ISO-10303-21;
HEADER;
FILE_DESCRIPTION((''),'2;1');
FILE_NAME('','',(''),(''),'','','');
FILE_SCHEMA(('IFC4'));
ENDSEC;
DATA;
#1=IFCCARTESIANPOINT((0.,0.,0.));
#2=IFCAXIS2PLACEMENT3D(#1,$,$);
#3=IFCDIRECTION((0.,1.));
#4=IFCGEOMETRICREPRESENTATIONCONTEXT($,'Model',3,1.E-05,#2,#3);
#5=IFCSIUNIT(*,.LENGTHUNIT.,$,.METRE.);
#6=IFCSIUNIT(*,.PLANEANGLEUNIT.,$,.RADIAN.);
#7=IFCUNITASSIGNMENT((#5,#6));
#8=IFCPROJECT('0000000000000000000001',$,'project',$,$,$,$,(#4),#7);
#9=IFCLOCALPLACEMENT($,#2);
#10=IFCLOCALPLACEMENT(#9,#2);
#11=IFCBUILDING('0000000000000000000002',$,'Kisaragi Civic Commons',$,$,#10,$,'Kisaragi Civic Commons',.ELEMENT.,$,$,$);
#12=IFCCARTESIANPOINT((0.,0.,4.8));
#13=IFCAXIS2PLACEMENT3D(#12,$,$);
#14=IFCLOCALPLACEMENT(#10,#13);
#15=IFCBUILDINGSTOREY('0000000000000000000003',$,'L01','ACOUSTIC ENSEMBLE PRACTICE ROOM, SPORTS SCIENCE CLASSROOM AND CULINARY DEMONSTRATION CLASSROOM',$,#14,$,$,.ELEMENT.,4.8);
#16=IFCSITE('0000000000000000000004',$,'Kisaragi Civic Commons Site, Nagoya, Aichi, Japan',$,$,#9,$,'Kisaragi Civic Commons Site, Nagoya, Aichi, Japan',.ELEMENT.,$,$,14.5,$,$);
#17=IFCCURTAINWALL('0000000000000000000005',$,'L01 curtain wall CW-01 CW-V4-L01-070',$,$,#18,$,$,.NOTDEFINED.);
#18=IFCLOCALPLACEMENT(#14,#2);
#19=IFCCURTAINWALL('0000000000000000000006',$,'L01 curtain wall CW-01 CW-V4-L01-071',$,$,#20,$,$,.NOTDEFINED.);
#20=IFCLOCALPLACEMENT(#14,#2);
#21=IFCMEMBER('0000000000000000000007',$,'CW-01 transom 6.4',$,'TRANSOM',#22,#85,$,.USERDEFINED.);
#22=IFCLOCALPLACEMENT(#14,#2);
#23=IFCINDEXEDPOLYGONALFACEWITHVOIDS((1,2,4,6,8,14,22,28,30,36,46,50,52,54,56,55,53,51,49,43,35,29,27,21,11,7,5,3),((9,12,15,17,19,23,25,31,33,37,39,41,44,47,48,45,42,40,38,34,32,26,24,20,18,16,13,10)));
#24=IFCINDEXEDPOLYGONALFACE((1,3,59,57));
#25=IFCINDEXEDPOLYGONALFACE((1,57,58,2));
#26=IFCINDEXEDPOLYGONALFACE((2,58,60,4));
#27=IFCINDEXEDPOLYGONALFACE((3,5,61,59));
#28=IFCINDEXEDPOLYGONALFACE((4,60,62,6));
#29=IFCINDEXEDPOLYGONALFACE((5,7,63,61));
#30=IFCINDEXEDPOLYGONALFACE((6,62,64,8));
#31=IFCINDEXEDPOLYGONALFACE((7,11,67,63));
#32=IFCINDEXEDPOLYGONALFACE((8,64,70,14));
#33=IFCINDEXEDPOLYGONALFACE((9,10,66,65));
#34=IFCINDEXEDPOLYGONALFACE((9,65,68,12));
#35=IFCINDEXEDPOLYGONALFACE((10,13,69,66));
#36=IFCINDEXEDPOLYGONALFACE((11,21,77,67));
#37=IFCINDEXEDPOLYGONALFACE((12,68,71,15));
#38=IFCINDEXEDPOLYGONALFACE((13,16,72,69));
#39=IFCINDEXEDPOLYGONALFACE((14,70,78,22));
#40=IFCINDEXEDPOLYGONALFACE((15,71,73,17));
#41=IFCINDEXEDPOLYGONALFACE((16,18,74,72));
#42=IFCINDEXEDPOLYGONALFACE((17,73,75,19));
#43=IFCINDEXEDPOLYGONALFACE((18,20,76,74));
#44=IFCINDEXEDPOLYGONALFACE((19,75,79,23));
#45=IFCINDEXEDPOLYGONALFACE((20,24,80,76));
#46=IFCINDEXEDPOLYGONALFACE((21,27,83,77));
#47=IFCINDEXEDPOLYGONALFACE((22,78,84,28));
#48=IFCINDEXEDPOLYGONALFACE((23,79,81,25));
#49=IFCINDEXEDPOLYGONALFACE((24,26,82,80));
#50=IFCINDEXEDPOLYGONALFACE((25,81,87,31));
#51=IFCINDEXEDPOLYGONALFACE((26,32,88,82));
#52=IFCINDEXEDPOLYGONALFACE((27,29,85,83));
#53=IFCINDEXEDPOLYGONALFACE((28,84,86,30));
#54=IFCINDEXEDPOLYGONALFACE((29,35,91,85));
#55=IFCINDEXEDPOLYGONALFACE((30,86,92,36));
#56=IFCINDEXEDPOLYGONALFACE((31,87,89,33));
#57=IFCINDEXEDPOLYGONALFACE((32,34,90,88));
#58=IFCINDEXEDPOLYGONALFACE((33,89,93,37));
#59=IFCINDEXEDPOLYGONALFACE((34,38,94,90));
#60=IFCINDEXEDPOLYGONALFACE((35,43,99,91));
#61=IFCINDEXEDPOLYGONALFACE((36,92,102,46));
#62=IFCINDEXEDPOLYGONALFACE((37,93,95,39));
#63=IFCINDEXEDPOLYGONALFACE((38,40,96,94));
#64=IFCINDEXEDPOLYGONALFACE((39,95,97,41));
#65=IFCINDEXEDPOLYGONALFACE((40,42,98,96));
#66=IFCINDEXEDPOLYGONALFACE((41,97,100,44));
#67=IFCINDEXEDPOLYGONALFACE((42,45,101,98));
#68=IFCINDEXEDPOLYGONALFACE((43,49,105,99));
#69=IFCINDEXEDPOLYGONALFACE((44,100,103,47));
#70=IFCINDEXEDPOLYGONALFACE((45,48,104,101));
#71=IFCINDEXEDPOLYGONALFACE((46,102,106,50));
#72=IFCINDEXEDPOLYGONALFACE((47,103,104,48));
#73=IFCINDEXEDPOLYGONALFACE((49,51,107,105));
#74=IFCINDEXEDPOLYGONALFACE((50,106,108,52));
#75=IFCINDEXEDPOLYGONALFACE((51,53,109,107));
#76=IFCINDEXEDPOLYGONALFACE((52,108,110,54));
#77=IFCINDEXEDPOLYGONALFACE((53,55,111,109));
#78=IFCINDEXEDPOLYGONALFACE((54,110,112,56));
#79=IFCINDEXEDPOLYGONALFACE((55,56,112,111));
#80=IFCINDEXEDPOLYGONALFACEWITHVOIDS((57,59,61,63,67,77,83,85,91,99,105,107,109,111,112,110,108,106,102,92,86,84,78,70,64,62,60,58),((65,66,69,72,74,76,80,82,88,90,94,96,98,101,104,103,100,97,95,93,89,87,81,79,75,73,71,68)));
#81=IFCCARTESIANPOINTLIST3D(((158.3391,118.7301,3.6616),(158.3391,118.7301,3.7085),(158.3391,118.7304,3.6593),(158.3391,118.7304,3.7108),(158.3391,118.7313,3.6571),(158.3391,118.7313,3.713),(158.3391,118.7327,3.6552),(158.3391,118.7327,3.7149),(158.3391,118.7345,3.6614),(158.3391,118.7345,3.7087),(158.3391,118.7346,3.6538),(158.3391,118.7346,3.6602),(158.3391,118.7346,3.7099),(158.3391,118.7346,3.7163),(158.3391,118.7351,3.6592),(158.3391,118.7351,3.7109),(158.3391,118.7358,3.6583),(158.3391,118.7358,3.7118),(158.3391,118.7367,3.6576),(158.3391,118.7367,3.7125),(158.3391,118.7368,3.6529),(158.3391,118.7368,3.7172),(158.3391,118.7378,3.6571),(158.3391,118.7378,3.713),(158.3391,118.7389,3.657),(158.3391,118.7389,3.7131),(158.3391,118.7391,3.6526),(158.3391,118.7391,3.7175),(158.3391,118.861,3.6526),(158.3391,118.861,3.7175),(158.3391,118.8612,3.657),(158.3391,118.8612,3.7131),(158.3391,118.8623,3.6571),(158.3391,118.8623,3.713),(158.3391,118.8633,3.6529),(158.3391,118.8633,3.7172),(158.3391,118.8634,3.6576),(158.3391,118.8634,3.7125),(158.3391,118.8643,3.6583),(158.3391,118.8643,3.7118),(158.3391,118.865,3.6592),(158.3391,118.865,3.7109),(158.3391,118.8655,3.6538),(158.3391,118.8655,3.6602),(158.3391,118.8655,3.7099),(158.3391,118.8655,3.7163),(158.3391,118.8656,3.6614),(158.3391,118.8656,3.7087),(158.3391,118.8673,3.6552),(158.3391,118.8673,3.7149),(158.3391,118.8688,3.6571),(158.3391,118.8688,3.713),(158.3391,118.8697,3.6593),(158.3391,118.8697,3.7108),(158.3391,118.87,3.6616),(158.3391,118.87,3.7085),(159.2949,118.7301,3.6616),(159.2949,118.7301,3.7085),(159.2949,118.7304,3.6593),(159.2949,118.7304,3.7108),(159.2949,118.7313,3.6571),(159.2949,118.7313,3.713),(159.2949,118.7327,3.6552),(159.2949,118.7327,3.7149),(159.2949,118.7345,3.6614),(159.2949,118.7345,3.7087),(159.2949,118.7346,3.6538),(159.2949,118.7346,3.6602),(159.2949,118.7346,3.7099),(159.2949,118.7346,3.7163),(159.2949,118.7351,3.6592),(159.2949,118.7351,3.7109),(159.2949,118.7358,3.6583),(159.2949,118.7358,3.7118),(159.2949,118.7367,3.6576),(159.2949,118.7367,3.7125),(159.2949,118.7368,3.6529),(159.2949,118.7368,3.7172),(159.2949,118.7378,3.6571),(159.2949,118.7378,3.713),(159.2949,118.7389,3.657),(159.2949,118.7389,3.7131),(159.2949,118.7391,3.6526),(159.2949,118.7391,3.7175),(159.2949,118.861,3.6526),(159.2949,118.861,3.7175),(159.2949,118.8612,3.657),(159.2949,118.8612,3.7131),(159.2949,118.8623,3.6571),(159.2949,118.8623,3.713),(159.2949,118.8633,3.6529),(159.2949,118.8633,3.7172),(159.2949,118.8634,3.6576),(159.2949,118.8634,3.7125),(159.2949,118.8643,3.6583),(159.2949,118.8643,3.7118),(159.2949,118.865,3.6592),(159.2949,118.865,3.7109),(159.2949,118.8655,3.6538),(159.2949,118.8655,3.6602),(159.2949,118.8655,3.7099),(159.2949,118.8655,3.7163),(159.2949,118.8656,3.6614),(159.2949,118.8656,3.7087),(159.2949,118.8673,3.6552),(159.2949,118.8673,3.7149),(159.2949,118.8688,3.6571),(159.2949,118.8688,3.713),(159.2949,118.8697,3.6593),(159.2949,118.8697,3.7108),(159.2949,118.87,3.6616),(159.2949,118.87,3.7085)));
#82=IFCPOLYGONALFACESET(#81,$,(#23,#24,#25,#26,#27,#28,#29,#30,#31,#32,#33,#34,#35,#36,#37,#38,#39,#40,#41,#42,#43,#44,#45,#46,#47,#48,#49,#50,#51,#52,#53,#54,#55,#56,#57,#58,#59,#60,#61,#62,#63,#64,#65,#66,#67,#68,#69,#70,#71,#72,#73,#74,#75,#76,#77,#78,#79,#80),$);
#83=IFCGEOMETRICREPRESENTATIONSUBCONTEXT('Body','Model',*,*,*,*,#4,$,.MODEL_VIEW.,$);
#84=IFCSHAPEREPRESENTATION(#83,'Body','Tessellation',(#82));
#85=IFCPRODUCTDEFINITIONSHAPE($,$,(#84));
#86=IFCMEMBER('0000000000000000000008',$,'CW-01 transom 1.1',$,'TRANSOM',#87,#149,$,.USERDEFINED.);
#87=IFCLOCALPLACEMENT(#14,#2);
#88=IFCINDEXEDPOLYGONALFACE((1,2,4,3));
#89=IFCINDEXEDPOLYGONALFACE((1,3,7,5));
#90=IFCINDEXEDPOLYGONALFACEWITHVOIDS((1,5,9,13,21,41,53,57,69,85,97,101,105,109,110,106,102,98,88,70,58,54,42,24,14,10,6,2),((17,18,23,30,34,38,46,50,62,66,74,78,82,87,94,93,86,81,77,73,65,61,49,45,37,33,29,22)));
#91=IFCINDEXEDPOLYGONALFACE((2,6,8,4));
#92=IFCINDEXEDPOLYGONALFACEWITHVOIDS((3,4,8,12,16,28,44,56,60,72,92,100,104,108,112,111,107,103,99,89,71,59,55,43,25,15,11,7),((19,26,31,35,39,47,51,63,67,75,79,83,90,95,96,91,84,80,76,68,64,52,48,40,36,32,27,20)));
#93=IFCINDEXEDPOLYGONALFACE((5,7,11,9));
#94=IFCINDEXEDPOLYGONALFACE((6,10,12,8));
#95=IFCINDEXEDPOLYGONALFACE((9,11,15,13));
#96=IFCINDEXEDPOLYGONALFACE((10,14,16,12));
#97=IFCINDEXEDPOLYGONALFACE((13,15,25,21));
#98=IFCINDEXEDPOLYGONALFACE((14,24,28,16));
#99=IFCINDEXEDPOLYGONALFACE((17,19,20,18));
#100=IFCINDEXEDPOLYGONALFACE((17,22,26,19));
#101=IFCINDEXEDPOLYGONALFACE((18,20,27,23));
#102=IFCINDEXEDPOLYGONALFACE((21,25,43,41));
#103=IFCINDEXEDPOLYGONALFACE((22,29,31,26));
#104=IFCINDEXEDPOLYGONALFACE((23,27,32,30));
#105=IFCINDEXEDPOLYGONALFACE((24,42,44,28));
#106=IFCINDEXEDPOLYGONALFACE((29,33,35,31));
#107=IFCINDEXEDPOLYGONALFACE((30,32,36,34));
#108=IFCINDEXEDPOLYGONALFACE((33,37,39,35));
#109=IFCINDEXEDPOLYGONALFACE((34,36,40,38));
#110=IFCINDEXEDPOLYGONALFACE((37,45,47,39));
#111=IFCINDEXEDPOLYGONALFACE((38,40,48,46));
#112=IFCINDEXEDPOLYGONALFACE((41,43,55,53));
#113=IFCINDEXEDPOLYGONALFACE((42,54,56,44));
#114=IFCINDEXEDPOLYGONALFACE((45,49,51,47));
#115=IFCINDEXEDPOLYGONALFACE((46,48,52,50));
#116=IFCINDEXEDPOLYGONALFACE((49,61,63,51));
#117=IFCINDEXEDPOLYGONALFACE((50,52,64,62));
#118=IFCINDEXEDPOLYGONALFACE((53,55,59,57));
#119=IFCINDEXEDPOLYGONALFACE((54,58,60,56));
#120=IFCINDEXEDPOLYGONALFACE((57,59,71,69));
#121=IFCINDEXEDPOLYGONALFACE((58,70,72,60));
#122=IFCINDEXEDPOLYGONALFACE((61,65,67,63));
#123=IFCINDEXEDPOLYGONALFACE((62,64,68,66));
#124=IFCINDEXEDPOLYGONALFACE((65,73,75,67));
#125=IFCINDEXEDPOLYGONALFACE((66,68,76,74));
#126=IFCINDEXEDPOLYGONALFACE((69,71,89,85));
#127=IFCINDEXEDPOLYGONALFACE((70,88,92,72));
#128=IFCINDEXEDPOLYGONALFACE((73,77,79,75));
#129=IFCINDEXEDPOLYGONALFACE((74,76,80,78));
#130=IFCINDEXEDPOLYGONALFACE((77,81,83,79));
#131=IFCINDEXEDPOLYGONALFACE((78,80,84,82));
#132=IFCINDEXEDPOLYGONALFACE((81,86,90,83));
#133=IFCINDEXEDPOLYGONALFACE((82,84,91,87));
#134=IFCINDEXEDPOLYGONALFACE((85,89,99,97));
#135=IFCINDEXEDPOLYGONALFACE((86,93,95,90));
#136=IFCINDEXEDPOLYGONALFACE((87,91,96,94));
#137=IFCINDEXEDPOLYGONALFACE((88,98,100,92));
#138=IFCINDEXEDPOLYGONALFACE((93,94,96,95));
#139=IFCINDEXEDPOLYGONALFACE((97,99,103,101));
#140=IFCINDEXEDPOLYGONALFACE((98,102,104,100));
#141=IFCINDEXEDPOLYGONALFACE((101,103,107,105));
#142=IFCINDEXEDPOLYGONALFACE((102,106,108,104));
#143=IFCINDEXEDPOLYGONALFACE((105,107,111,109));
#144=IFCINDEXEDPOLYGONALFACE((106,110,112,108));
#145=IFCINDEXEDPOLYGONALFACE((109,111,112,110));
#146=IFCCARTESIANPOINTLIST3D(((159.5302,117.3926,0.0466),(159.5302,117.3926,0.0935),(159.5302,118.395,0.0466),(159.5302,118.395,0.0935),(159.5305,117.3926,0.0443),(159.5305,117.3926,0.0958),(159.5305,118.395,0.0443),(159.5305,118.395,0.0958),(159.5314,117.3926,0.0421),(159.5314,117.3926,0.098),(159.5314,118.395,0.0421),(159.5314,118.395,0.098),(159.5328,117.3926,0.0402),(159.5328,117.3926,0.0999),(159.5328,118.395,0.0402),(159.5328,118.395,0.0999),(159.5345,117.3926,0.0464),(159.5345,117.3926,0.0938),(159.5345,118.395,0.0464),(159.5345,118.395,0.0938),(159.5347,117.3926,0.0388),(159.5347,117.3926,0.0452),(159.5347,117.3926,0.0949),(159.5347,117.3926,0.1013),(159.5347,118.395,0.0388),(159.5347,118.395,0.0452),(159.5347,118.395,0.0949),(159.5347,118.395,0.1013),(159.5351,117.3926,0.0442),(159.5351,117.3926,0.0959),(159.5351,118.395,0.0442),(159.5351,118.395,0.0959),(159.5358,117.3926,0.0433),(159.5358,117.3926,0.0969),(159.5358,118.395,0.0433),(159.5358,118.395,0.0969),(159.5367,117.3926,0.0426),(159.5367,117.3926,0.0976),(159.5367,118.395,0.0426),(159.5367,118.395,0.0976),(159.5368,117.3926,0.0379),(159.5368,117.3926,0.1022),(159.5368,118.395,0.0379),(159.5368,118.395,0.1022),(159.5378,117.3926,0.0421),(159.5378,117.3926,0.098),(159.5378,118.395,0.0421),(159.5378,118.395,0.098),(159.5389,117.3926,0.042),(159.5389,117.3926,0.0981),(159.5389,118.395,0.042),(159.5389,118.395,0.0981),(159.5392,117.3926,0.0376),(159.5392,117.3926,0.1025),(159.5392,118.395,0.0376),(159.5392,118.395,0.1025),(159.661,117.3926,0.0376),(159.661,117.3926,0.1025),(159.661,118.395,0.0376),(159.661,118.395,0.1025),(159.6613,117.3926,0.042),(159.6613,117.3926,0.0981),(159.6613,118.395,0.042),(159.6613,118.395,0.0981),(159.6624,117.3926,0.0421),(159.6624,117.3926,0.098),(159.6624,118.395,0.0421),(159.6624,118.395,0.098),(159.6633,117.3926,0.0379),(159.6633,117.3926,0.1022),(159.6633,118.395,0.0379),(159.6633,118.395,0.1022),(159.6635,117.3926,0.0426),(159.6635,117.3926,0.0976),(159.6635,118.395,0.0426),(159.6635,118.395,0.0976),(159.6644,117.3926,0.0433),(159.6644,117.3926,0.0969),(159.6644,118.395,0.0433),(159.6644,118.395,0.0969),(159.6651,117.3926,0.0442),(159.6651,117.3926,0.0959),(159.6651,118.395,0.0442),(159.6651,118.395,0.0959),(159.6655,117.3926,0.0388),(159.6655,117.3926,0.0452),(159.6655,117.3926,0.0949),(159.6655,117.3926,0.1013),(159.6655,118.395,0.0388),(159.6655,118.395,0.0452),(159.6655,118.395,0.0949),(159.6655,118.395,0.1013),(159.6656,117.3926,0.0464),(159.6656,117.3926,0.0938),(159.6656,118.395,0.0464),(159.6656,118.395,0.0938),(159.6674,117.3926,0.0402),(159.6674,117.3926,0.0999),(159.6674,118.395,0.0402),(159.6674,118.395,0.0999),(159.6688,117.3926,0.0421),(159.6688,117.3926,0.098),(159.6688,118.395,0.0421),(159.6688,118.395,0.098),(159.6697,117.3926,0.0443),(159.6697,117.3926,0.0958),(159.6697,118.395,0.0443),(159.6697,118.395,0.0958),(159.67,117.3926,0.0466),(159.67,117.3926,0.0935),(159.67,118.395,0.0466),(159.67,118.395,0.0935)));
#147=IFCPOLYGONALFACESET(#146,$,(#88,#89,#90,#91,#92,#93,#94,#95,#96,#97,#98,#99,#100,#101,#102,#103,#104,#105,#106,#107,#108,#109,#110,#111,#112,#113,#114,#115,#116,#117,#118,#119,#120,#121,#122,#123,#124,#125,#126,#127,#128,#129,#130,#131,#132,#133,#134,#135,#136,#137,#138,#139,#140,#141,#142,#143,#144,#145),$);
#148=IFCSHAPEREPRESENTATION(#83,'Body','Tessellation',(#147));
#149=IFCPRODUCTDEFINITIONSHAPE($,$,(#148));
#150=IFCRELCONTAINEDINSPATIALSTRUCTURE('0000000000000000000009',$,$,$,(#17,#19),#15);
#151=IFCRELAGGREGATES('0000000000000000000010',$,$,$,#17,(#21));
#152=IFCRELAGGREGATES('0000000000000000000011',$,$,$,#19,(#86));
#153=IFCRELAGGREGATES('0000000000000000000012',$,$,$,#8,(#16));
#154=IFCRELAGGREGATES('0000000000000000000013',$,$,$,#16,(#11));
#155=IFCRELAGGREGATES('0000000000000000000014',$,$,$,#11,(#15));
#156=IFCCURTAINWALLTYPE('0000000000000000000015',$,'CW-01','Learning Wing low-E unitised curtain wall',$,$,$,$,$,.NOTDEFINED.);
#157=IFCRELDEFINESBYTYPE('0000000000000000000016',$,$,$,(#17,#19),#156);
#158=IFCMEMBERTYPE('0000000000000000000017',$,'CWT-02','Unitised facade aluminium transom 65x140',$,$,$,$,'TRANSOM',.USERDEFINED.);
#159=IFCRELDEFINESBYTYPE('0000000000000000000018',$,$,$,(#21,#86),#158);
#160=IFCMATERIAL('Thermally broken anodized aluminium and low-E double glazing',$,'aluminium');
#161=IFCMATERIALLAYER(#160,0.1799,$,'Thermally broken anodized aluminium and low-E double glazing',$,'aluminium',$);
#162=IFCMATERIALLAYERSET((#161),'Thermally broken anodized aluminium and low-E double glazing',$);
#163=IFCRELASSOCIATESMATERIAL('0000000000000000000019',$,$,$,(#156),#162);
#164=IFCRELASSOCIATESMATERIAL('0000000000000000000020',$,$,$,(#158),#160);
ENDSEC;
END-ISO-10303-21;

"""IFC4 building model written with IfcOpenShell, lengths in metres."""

from ifc_helpers import new_model, si_unit, direction, frame, origin, origin_2d, place, context, subcontext, project, spatial, hollow_rectangle, extrude, material, layer, layer_set, material_profile, profile_set, type_object, element, aggregate, save


model = new_model("IFC4")

# Units and contexts
model_context = context("Model", 3, precision=1e-05, world=origin(), true_north=direction((0.0, 1.0)))
body_context = subcontext(model_context, "Body", "Model", "MODEL_VIEW")
ifc_project = project(units=[si_unit("LENGTHUNIT", "METRE"), si_unit("PLANEANGLEUNIT", "RADIAN")], contexts=[model_context])

# Site, building, storey
site_placement = place(None, origin())
site = spatial("IfcSite", under=ifc_project, at=site_placement, Name="Kisaragi Civic Commons Site, Nagoya, Aichi, Japan", LongName="Kisaragi Civic Commons Site, Nagoya, Aichi, Japan", CompositionType="ELEMENT", RefElevation=14.5)
building_placement = place(site_placement, origin())
building = spatial("IfcBuilding", under=site, at=building_placement, Name="Kisaragi Civic Commons", LongName="Kisaragi Civic Commons", CompositionType="ELEMENT")
storey_placement = place(building_placement, frame((0.0, 0.0, 4.8)))
storey = spatial("IfcBuildingStorey", under=building, at=storey_placement, Name="L01", Description="ACOUSTIC ENSEMBLE PRACTICE ROOM, SPORTS SCIENCE CLASSROOM AND CULINARY DEMONSTRATION CLASSROOM", CompositionType="ELEMENT", Elevation=4.8)

# Curtain walls
ifc_material_1 = material(Name="Thermally broken anodized aluminium and low-E double glazing", Category="aluminium")
ifc_layer_1 = layer(ifc_material_1, 0.1799, Name="Thermally broken anodized aluminium and low-E double glazing", Category="aluminium")
ifc_layer_set_1 = layer_set([ifc_layer_1], Name="Thermally broken anodized aluminium and low-E double glazing")
curtain_wall_type = type_object("IfcCurtainWallType", Name="CW-01", Description="Learning Wing low-E unitised curtain wall", PredefinedType="NOTDEFINED", material=ifc_layer_set_1)
curtain_wall_1_placement = place(storey_placement, origin())
curtain_wall_1 = element("IfcCurtainWall", 1, at=curtain_wall_1_placement, inside=storey, type_object=curtain_wall_type, Name="L01 curtain wall CW-01 CW-V4-L01-070", PredefinedType="NOTDEFINED")
curtain_wall_2_placement = place(storey_placement, origin())
curtain_wall_2 = element("IfcCurtainWall", 2, at=curtain_wall_2_placement, inside=storey, type_object=curtain_wall_type, Name="L01 curtain wall CW-01 CW-V4-L01-071", PredefinedType="NOTDEFINED")

# Members
ifc_material_profile_1 = material_profile(ifc_material_1, hollow_rectangle(XDim=0.1399, YDim=0.0649, WallThickness=0.0044, InnerFilletRadius=0.0044, OuterFilletRadius=0.009, at=origin_2d()), Name="CWT-65x140x4.5", Category="aluminium")
ifc_profile_set_1 = profile_set([ifc_material_profile_1], Name="Thermally broken anodized aluminium and low-E double glazing")
member_type_1 = type_object("IfcMemberType", Name="CWT-02", Description="Unitised facade aluminium transom 65x140", ElementType="TRANSOM", PredefinedType="USERDEFINED", material=ifc_profile_set_1)
member_1_placement = place(storey_placement, frame((158.3391, 118.8, 3.6851), z_axis=(1.0, 0.0, 0.0), x_axis=(0.0, 1.0, 0.0)))
member_1 = element("IfcMember", 3, at=member_1_placement, type_object=member_type_1, Name="CW-01 transom 6.4", ObjectType="TRANSOM", PredefinedType="USERDEFINED", context=body_context, shape_type="SweptSolid", body=[
    extrude(hollow_rectangle(XDim=0.1399, YDim=0.0649, WallThickness=0.0044, InnerFilletRadius=0.0044, OuterFilletRadius=0.009, at=origin_2d()), origin(), (0.0, 0.0, 1.0), 0.9558),
])
member_2_placement = place(storey_placement, frame((159.6001, 118.395, 0.0701), z_axis=(0.0, -1.0, 0.0), x_axis=(1.0, 0.0, 0.0)))
member_2 = element("IfcMember", 4, at=member_2_placement, type_object=member_type_1, Name="CW-01 transom 1.1", ObjectType="TRANSOM", PredefinedType="USERDEFINED", context=body_context, shape_type="SweptSolid", body=[
    extrude(hollow_rectangle(XDim=0.1399, YDim=0.0649, WallThickness=0.0044, InnerFilletRadius=0.0044, OuterFilletRadius=0.009, at=origin_2d()), origin(), (0.0, 0.0, 1.0), 1.0024),
])

aggregate(curtain_wall_1, [member_1])
aggregate(curtain_wall_2, [member_2])

save(model, "model.ifc")
